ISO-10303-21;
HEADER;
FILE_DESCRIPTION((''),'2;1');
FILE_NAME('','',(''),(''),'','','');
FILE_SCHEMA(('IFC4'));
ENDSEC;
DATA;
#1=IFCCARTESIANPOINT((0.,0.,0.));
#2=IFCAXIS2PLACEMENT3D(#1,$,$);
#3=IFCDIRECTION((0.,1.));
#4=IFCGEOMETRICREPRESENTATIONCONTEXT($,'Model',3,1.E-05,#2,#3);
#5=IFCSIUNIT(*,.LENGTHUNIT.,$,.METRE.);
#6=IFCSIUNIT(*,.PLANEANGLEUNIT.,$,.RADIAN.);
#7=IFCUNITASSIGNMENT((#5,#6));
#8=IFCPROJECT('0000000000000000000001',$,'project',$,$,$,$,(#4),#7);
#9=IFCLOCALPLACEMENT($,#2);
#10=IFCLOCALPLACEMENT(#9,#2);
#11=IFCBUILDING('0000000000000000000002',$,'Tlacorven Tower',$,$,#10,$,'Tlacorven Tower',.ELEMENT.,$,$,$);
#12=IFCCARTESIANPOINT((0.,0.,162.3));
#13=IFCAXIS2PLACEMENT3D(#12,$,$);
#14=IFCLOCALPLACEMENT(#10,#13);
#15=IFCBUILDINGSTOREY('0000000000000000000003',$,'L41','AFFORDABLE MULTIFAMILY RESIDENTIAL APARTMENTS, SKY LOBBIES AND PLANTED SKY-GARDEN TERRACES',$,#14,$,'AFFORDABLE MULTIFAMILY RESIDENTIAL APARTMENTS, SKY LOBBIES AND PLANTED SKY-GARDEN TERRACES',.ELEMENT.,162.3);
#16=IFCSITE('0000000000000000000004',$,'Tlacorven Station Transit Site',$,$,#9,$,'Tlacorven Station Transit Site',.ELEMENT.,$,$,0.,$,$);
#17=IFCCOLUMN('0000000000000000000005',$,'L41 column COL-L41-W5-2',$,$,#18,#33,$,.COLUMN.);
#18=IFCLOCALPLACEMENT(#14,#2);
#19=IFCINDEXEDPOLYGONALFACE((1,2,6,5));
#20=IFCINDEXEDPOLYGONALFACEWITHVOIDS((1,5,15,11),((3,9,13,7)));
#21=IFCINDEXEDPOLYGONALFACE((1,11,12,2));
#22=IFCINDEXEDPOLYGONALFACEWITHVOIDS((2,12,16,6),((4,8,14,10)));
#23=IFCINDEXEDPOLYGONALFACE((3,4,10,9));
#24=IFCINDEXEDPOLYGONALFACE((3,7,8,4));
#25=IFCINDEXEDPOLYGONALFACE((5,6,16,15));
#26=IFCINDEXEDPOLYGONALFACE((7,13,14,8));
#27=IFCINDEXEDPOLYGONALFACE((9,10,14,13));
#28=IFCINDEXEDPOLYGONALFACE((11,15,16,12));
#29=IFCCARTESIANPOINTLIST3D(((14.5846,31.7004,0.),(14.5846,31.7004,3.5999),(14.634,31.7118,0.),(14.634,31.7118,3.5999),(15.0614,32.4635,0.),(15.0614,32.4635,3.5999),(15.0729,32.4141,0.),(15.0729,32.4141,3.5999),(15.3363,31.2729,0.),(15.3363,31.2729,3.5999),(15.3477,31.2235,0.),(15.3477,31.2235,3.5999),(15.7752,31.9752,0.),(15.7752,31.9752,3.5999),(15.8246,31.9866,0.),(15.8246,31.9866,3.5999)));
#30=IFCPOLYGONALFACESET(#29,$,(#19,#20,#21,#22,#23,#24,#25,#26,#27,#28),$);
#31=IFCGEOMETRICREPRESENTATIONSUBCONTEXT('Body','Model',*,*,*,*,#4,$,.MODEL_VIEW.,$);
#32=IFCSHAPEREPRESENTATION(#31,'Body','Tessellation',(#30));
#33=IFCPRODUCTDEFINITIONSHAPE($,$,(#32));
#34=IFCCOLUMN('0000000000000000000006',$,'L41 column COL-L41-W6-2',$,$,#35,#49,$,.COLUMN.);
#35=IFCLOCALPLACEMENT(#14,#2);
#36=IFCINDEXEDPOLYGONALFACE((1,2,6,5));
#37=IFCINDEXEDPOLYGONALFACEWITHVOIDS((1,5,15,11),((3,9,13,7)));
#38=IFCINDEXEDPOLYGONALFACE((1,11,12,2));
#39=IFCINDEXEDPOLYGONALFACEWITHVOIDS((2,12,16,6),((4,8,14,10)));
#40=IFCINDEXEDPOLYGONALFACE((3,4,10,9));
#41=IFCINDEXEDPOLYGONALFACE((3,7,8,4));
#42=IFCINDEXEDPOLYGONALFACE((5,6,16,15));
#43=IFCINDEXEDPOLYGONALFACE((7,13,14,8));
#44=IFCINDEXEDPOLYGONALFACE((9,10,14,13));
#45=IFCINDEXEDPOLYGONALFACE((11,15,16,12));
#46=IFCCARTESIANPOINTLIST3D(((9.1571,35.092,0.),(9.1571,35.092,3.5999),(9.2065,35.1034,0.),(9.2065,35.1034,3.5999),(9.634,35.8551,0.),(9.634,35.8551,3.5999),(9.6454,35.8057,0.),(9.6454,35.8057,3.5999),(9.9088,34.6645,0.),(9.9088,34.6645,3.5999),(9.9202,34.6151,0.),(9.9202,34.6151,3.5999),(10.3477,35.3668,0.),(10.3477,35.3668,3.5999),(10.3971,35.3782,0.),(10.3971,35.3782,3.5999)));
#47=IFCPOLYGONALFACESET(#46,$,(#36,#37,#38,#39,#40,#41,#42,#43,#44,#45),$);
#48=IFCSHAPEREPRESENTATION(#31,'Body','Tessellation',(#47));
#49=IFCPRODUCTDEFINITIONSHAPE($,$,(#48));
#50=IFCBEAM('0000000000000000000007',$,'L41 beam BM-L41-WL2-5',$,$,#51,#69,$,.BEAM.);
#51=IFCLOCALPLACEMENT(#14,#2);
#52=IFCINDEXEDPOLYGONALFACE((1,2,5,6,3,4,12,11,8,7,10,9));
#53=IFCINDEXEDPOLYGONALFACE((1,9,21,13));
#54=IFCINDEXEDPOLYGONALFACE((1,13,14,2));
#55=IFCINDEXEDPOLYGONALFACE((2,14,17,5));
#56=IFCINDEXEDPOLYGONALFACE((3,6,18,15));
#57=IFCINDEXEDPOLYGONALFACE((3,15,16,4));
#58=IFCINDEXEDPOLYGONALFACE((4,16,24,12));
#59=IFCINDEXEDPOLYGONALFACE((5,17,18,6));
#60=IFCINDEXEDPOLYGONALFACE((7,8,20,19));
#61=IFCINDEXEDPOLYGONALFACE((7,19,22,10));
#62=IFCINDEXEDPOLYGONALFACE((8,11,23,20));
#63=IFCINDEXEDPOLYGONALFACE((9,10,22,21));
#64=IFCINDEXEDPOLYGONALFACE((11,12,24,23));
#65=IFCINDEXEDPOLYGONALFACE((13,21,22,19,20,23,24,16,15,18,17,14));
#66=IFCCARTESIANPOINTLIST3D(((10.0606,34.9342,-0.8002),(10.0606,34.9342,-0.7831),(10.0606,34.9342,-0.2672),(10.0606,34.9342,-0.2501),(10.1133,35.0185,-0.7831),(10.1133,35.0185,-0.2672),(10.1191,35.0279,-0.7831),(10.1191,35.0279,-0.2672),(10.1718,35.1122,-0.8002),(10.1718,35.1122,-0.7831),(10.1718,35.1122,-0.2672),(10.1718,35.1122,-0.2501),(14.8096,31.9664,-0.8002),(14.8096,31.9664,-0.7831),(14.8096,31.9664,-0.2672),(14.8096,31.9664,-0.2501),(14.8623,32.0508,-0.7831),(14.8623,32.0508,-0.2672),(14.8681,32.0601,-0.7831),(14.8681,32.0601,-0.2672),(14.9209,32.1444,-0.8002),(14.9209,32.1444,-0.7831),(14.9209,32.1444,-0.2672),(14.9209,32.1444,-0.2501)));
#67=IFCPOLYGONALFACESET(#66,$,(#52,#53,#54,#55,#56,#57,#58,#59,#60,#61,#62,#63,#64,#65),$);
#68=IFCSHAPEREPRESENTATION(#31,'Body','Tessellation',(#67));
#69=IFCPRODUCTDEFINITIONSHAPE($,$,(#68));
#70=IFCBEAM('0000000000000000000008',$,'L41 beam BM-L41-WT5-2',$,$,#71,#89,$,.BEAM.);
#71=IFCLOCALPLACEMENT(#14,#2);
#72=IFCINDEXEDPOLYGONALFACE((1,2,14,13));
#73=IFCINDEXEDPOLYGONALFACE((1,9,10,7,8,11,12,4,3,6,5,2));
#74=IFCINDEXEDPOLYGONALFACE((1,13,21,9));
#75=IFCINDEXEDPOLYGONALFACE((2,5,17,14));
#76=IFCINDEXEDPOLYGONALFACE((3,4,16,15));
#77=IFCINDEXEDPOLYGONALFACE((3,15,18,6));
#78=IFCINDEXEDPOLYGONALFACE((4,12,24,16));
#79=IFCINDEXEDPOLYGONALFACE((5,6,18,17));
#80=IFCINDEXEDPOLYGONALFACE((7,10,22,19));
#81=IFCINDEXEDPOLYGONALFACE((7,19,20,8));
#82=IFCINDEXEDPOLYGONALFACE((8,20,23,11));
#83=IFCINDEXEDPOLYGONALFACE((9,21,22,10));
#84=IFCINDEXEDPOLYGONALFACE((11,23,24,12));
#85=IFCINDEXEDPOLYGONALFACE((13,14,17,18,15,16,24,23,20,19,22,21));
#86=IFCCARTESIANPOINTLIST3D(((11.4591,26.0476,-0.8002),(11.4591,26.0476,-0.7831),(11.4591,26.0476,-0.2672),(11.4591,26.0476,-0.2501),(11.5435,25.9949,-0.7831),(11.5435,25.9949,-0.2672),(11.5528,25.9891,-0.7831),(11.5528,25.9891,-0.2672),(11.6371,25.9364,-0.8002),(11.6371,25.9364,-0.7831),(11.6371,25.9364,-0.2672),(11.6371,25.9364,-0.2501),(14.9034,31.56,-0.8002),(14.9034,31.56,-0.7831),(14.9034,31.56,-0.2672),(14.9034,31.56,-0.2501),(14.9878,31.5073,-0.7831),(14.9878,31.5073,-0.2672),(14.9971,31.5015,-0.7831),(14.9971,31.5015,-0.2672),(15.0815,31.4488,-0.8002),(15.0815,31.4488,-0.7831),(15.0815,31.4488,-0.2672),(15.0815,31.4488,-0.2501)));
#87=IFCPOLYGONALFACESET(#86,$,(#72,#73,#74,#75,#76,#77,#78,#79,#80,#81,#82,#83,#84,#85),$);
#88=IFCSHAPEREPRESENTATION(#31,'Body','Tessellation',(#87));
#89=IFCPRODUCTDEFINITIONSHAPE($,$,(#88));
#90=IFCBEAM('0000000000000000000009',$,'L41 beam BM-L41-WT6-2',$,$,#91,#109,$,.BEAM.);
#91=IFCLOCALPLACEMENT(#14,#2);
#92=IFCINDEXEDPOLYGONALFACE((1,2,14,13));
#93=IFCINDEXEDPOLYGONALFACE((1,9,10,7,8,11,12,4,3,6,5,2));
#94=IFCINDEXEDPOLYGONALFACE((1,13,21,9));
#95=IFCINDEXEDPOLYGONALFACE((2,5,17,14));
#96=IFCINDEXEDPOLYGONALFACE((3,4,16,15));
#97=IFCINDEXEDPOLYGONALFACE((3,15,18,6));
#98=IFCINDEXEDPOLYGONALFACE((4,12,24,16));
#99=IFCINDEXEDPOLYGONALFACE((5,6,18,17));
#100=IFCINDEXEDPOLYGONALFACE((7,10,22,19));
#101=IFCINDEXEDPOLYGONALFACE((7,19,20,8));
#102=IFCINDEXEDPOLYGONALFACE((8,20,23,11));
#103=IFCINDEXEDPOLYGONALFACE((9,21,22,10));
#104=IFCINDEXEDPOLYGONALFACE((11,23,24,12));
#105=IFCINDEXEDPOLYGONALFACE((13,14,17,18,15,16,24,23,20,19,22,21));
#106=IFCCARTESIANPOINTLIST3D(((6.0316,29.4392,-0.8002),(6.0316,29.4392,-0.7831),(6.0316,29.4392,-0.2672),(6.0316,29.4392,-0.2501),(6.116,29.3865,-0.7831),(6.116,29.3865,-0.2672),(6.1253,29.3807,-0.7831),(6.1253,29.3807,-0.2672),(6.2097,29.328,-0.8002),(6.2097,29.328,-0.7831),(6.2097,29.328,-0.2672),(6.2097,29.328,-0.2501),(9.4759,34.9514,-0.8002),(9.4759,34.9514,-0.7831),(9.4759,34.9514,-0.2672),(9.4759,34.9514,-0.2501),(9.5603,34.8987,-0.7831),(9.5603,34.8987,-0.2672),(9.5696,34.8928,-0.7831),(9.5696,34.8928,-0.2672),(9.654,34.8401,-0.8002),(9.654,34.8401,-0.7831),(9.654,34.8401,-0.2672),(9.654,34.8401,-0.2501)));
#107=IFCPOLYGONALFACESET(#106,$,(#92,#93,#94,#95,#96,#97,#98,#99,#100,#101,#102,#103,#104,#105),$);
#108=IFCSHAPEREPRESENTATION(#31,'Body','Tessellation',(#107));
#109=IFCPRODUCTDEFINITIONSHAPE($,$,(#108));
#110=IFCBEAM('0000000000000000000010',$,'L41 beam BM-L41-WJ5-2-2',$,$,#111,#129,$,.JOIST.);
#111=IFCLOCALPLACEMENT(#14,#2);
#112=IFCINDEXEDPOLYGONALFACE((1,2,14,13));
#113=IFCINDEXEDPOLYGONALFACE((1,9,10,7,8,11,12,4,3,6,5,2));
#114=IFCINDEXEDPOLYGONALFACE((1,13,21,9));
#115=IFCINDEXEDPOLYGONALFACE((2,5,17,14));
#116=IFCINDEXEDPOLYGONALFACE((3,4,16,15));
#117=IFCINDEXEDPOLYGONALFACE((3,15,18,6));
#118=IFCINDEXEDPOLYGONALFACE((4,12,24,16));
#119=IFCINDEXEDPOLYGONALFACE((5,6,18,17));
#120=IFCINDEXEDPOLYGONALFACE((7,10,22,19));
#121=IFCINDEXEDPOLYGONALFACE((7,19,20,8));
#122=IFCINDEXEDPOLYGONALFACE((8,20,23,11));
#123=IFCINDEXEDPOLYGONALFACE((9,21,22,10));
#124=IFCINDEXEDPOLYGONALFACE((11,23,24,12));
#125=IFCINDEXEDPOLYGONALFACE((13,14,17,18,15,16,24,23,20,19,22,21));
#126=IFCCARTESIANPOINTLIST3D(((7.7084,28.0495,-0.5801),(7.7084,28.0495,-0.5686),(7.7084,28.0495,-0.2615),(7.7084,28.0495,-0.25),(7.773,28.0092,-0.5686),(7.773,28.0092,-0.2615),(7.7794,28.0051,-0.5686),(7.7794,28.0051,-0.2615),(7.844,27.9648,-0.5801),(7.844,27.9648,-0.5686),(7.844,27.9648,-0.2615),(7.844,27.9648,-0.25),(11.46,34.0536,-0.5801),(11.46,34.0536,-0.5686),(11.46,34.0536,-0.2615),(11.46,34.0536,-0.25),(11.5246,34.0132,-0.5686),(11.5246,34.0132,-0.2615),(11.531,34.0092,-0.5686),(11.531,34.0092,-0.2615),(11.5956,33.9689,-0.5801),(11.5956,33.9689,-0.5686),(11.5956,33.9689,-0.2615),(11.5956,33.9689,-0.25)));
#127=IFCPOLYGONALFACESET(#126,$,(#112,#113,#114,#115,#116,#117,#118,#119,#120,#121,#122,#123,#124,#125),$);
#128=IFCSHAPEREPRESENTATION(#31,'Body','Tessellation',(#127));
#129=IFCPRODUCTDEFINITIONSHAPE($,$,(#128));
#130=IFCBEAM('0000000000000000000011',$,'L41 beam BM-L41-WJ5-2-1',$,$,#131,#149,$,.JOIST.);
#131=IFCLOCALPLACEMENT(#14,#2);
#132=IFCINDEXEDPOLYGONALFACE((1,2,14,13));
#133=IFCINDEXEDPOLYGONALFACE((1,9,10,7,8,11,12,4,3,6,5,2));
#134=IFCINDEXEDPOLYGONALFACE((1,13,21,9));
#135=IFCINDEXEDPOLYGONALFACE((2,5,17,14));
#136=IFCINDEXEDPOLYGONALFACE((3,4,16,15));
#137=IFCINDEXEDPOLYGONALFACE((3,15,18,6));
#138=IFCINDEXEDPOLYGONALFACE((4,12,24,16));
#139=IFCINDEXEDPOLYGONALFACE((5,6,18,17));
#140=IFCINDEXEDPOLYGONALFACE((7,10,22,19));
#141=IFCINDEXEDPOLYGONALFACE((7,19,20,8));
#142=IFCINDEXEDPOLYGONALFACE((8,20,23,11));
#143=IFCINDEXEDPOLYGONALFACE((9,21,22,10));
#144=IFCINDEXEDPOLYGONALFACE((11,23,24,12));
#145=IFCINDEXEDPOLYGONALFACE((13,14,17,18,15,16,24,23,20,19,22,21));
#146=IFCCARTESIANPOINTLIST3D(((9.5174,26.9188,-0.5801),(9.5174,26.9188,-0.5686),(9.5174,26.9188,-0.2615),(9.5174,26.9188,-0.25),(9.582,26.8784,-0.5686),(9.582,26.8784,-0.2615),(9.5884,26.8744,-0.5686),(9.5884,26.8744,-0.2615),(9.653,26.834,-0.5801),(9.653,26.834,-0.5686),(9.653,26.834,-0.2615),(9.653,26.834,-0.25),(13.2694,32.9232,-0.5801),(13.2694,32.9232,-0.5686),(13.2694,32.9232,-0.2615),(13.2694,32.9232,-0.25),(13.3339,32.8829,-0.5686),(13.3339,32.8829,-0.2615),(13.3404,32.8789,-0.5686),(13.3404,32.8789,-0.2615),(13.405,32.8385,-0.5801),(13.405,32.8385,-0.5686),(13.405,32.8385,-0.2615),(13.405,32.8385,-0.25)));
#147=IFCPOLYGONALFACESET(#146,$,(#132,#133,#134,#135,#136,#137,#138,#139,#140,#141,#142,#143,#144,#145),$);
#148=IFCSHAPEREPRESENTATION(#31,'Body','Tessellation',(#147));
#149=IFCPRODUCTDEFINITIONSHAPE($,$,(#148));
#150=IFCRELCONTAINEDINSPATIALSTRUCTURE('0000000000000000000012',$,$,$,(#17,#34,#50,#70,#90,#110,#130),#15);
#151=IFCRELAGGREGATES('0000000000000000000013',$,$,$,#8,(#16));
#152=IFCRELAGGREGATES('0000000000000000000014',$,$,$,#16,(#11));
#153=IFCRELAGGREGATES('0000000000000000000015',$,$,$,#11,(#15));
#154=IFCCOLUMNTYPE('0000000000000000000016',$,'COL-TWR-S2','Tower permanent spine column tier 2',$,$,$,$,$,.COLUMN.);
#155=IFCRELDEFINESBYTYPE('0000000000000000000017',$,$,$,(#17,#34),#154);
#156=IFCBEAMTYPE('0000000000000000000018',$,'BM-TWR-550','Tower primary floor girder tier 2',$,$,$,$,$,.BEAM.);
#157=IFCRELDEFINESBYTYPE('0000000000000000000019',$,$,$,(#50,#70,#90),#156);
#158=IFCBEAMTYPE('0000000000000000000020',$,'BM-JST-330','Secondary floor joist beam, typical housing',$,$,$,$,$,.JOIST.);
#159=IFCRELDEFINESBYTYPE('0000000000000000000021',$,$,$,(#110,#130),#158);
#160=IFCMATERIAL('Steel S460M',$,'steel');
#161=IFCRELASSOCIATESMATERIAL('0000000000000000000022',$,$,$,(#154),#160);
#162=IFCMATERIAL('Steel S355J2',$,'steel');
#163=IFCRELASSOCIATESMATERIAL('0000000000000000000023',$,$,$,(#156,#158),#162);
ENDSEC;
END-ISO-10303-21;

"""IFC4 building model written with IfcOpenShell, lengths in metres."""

from ifc_helpers import new_model, si_unit, direction, frame, origin, origin_2d, place, context, subcontext, project, spatial, hollow_rectangle, i_section, extrude, source, transform, mapped, material, material_profile, profile_set, type_object, element, save


model = new_model("IFC4")

# Units and contexts
model_context = context("Model", 3, precision=1e-05, world=origin(), true_north=direction((0.0, 1.0)))
body_context = subcontext(model_context, "Body", "Model", "MODEL_VIEW")
ifc_project = project(units=[si_unit("LENGTHUNIT", "METRE"), si_unit("PLANEANGLEUNIT", "RADIAN")], contexts=[model_context])

# Site, building, storey
site_placement = place(None, origin())
site = spatial("IfcSite", under=ifc_project, at=site_placement, Name="Tlacorven Station Transit Site", LongName="Tlacorven Station Transit Site", CompositionType="ELEMENT", RefElevation=0.0)
building_placement = place(site_placement, origin())
building = spatial("IfcBuilding", under=site, at=building_placement, Name="Tlacorven Tower", LongName="Tlacorven Tower", CompositionType="ELEMENT")
storey_placement = place(building_placement, frame((0.0, 0.0, 162.3)))
storey = spatial("IfcBuildingStorey", under=building, at=storey_placement, Name="L41", Description="AFFORDABLE MULTIFAMILY RESIDENTIAL APARTMENTS, SKY LOBBIES AND PLANTED SKY-GARDEN TERRACES", LongName="AFFORDABLE MULTIFAMILY RESIDENTIAL APARTMENTS, SKY LOBBIES AND PLANTED SKY-GARDEN TERRACES", CompositionType="ELEMENT", Elevation=162.3)

# Columns
ifc_material_1 = material(Name="Steel S460M", Category="steel")
ifc_material_profile_1 = material_profile(ifc_material_1, hollow_rectangle(XDim=0.8999, YDim=0.8999, WallThickness=0.0359, at=origin_2d()), Name="BOX 900X900X36")
ifc_profile_set_1 = profile_set([ifc_material_profile_1], Name="Steel S460M")
column_type = type_object("IfcColumnType", Name="COL-TWR-S2", Description="Tower permanent spine column tier 2", PredefinedType="COLUMN", material=ifc_profile_set_1)
shared_shape_1 = source(origin(), body_context, "Body", "SweptSolid", [
    extrude(hollow_rectangle(XDim=0.8999, YDim=0.8999, WallThickness=0.0359, at=origin_2d()), origin(), (0.0, 0.0, 1.0), 3.5999),
])
for number, where, z_axis, x_axis, name in (
    (1, (15.2046, 31.8435, 0.0), (0.0, 0.0, 1.0), (-0.848048, 0.529919, 0.0), "L41 column COL-L41-W5-2"),
    (2, (9.7771, 35.2351, 0.0), (0.0, 0.0, 1.0), (-0.848048, 0.529919, 0.0), "L41 column COL-L41-W6-2"),
):
    element("IfcColumn", number, at=place(storey_placement, frame(where, z_axis=z_axis, x_axis=x_axis)), inside=storey, type_object=column_type, Name=name, PredefinedType="COLUMN", context=body_context, shape_type="MappedRepresentation", body=[
        mapped(shared_shape_1, transform((0.0, 0.0, 0.0), scale=1.0)),
    ])

# Beams
ifc_material_2 = material(Name="Steel S355J2", Category="steel")
ifc_material_profile_2 = material_profile(ifc_material_2, i_section(OverallWidth=0.21, OverallDepth=0.55, WebThickness=0.011, FlangeThickness=0.0171, at=origin_2d()), Name="IPE 550")
ifc_profile_set_2 = profile_set([ifc_material_profile_2], Name="Steel S355J2")
beam_type_1 = type_object("IfcBeamType", Name="BM-TWR-550", Description="Tower primary floor girder tier 2", PredefinedType="BEAM", material=ifc_profile_set_2)
shared_shape_2 = source(origin(), body_context, "Body", "SweptSolid", [
    extrude(i_section(OverallWidth=0.21, OverallDepth=0.55, WebThickness=0.011, FlangeThickness=0.0171, at=origin_2d()), origin(), (0.0, 0.0, 1.0), 5.6001),
])
beam_1_placement = place(storey_placement, frame((14.8652, 32.0554, -0.5251), z_axis=(-0.848028, 0.529952, 0.0), x_axis=(-0.529952, -0.848028, 0.0)))
element("IfcBeam", 3, at=beam_1_placement, inside=storey, type_object=beam_type_1, Name="L41 beam BM-L41-WL2-5", PredefinedType="BEAM", context=body_context, shape_type="MappedRepresentation", body=[
    mapped(shared_shape_2, transform((0.0, 0.0, 0.0), scale=1.0)),
])
shared_shape_3 = source(origin(), body_context, "Body", "SweptSolid", [
    extrude(i_section(OverallWidth=0.21, OverallDepth=0.55, WebThickness=0.011, FlangeThickness=0.0171, at=origin_2d()), origin(), (0.0, 0.0, 1.0), 6.5),
])
beam_2_placement = place(storey_placement, frame((14.9924, 31.5044, -0.5251), z_axis=(-0.529894, -0.848064, 0.0), x_axis=(0.848064, -0.529894, 0.0)))
element("IfcBeam", 4, at=beam_2_placement, inside=storey, type_object=beam_type_1, Name="L41 beam BM-L41-WT5-2", PredefinedType="BEAM", context=body_context, shape_type="MappedRepresentation", body=[
    mapped(shared_shape_3, transform((0.0, 0.0, 0.0), scale=1.0)),
])
shared_shape_4 = source(origin(), body_context, "Body", "SweptSolid", [
    extrude(i_section(OverallWidth=0.21, OverallDepth=0.55, WebThickness=0.011, FlangeThickness=0.0171, at=origin_2d()), origin(), (0.0, 0.0, 1.0), 6.4998),
])
beam_3_placement = place(storey_placement, frame((9.5649, 34.8958, -0.5251), z_axis=(-0.529911, -0.848053, 0.0), x_axis=(0.848053, -0.529911, 0.0)))
element("IfcBeam", 5, at=beam_3_placement, inside=storey, type_object=beam_type_1, Name="L41 beam BM-L41-WT6-2", PredefinedType="BEAM", context=body_context, shape_type="MappedRepresentation", body=[
    mapped(shared_shape_4, transform((0.0, 0.0, 0.0), scale=1.0)),
])
ifc_material_profile_3 = material_profile(ifc_material_2, i_section(OverallWidth=0.1599, OverallDepth=0.3301, WebThickness=0.0076, FlangeThickness=0.0115, at=origin_2d()), Name="IPE 330")
ifc_profile_set_3 = profile_set([ifc_material_profile_3], Name="Steel S355J2")
beam_type_2 = type_object("IfcBeamType", Name="BM-JST-330", Description="Secondary floor joist beam, typical housing", PredefinedType="JOIST", material=ifc_profile_set_3)
shared_shape_5 = source(origin(), body_context, "Body", "SweptSolid", [
    extrude(i_section(OverallWidth=0.1599, OverallDepth=0.3301, WebThickness=0.0076, FlangeThickness=0.0115, at=origin_2d()), origin(), (0.0, 0.0, 1.0), 7.0798),
])
beam_4_placement = place(storey_placement, frame((11.5278, 34.0112, -0.415), z_axis=(-0.529909, -0.848054, 0.0), x_axis=(0.848054, -0.529909, 0.0)))
element("IfcBeam", 6, at=beam_4_placement, inside=storey, type_object=beam_type_2, Name="L41 beam BM-L41-WJ5-2-2", PredefinedType="JOIST", context=body_context, shape_type="MappedRepresentation", body=[
    mapped(shared_shape_5, transform((0.0, 0.0, 0.0), scale=1.0)),
])
shared_shape_6 = source(origin(), body_context, "Body", "SweptSolid", [
    extrude(i_section(OverallWidth=0.1599, OverallDepth=0.3301, WebThickness=0.0076, FlangeThickness=0.0115, at=origin_2d()), origin(), (0.0, 0.0, 1.0), 7.0803),
])
beam_5_placement = place(storey_placement, frame((13.3372, 32.8809, -0.415), z_axis=(-0.529918, -0.848049, 0.0), x_axis=(0.848049, -0.529918, 0.0)))
element("IfcBeam", 7, at=beam_5_placement, inside=storey, type_object=beam_type_2, Name="L41 beam BM-L41-WJ5-2-1", PredefinedType="JOIST", context=body_context, shape_type="MappedRepresentation", body=[
    mapped(shared_shape_6, transform((0.0, 0.0, 0.0), scale=1.0)),
])

save(model, "model.ifc")
